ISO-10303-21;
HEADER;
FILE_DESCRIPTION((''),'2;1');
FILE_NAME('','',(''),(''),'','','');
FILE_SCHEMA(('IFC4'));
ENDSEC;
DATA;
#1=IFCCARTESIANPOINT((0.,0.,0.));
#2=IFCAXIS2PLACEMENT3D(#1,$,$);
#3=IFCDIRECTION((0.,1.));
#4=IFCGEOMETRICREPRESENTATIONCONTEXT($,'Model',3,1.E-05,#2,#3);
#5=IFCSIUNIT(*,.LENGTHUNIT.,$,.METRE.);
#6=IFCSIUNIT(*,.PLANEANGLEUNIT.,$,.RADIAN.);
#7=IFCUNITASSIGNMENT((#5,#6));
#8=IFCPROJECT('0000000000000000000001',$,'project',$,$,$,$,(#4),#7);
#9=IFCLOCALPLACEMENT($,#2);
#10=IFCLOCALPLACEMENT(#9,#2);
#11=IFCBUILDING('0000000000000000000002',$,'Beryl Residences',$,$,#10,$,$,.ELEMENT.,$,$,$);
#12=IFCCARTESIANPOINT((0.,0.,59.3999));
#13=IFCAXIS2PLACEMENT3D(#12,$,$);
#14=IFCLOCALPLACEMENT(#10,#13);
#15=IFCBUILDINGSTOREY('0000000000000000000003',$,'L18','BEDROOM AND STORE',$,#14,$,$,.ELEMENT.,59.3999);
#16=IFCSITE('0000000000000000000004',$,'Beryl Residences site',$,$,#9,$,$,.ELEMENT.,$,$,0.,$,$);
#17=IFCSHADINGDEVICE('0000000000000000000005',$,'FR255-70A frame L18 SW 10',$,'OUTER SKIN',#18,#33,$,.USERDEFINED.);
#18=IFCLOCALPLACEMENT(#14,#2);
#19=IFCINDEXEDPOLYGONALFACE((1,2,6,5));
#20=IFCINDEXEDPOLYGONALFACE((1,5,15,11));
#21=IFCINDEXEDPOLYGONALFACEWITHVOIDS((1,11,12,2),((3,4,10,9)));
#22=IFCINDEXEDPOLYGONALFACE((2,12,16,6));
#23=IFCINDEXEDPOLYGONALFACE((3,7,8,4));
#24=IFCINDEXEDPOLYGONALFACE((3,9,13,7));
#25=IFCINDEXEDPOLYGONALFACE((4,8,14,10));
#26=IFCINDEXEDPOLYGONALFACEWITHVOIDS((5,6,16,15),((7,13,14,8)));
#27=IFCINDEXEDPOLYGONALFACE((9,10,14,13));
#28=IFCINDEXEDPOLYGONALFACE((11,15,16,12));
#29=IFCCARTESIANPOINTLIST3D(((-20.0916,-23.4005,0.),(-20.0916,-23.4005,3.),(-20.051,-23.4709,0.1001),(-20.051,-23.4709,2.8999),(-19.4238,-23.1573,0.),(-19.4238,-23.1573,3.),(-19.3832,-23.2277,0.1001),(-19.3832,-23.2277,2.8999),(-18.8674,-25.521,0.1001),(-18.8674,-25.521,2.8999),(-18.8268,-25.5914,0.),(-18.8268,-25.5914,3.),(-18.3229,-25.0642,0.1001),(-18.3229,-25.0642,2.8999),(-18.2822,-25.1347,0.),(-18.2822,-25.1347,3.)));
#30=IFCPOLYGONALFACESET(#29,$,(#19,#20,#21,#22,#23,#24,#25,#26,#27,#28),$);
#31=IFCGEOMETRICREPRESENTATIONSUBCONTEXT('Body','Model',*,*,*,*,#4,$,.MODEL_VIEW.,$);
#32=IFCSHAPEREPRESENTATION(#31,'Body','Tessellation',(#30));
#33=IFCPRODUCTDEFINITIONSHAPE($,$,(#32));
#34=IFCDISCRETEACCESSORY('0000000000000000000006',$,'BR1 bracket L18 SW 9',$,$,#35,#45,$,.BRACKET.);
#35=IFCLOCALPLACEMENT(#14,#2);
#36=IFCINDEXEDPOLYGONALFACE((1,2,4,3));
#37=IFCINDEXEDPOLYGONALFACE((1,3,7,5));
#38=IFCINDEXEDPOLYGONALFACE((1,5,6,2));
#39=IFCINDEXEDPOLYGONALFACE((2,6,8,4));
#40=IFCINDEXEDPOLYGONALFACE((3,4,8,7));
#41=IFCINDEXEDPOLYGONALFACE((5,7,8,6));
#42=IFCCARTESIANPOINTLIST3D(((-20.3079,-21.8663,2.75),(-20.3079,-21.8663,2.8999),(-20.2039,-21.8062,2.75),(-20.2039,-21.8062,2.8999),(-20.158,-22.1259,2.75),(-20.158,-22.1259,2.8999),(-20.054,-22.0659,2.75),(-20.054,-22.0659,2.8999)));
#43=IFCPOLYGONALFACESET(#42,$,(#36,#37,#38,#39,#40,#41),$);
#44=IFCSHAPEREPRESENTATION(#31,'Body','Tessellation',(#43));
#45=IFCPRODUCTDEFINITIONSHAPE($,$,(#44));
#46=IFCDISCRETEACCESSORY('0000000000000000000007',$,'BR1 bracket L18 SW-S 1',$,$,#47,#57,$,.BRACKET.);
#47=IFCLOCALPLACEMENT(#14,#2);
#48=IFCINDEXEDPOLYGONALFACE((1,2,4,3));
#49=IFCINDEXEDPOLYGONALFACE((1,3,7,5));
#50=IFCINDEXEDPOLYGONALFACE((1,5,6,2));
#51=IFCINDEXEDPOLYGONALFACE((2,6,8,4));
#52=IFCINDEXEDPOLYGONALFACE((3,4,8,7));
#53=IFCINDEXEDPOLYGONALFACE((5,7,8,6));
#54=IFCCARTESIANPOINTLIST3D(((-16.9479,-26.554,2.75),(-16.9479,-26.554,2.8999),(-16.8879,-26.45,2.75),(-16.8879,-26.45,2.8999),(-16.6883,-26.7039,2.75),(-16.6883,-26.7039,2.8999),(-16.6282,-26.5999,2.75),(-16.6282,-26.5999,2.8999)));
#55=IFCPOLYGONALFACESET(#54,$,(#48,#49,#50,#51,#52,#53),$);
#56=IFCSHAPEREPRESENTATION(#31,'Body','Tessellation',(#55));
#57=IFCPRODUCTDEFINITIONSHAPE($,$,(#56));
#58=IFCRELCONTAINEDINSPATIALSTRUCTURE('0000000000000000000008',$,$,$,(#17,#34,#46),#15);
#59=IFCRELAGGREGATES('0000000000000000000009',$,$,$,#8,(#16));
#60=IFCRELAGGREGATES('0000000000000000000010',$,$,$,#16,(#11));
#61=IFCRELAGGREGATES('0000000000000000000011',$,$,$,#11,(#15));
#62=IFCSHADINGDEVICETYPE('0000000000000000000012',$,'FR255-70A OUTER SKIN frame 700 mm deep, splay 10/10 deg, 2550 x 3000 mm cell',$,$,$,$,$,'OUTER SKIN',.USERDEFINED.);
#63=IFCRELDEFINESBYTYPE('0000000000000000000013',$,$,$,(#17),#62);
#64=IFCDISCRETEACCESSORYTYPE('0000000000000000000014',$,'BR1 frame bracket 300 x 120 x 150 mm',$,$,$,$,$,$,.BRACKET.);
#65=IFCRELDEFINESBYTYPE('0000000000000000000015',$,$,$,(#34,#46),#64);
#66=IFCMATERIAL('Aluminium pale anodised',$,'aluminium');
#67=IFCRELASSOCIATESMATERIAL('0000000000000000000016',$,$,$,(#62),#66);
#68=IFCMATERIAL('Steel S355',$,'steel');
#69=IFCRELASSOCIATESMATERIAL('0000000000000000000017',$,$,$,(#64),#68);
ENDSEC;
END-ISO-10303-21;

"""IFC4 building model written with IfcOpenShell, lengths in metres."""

from ifc_helpers import new_model, entity, si_unit, direction, frame, origin, place, context, subcontext, project, spatial, polyline, outline, extrude, source, transform, mapped, material, type_object, type_shapes, element, save


model = new_model("IFC4")

# Units and contexts
model_context = context("Model", 3, precision=1e-05, world=origin(), true_north=direction((0.0, 1.0)))
body_context = subcontext(model_context, "Body", "Model", "MODEL_VIEW")
ifc_project = project(units=[si_unit("LENGTHUNIT", "METRE"), si_unit("PLANEANGLEUNIT", "RADIAN")], contexts=[model_context])

# Site, building, storey
site_placement = place(None, origin())
site = spatial("IfcSite", under=ifc_project, at=site_placement, Name="Beryl Residences site", CompositionType="ELEMENT", RefElevation=0.0)
building_placement = place(site_placement, origin())
building = spatial("IfcBuilding", under=site, at=building_placement, Name="Beryl Residences", CompositionType="ELEMENT")
storey_placement = place(building_placement, frame((0.0, 0.0, 59.3999)))
storey = spatial("IfcBuildingStorey", under=building, at=storey_placement, Name="L18", Description="BEDROOM AND STORE", CompositionType="ELEMENT", Elevation=59.3999)

# Shading device
ifc_material_1 = material(Name="Aluminium pale anodised", Category="aluminium")
shading_device_type_1 = type_object("IfcShadingDeviceType", Name="FR255-70A OUTER SKIN frame 700 mm deep, splay 10/10 deg, 2550 x 3000 mm cell", ElementType="OUTER SKIN", PredefinedType="USERDEFINED", material=ifc_material_1)
cartesian_point_1 = entity("IfcCartesianPoint", [-1.1416, 0.0])
cartesian_point_2 = entity("IfcCartesianPoint", [-1.0603, 0.1001])
cartesian_point_3 = entity("IfcCartesianPoint", [-1.2649, 0.0])
cartesian_point_4 = entity("IfcCartesianPoint", [-1.1836, 0.1001])
shared_shape_1 = source(origin(), body_context, "Body", "SweptSolid", [
    entity("IfcExtrudedAreaSolidTapered", entity("IfcArbitraryProfileDefWithVoids", "AREA", None, entity("IfcPolyline", [cartesian_point_1, entity("IfcCartesianPoint", [1.1416, 0.0]), entity("IfcCartesianPoint", [1.1416, 3.0]), entity("IfcCartesianPoint", [-1.1416, 3.0]), cartesian_point_1]), [entity("IfcPolyline", [cartesian_point_2, entity("IfcCartesianPoint", [1.0603, 0.1001]), entity("IfcCartesianPoint", [1.0603, 2.8999]), entity("IfcCartesianPoint", [-1.0603, 2.8999]), cartesian_point_2])]), entity("IfcAxis2Placement3D", entity("IfcCartesianPoint", [0.0, 0.0, 0.0]), entity("IfcDirection", [0.0, 1.0, 0.0]), entity("IfcDirection", [-1.0, 0.0, 0.0])), entity("IfcDirection", [0.0, 0.0, 1.0]), 0.7, entity("IfcArbitraryProfileDefWithVoids", "AREA", None, entity("IfcPolyline", [cartesian_point_3, entity("IfcCartesianPoint", [1.2649, 0.0]), entity("IfcCartesianPoint", [1.2649, 3.0]), entity("IfcCartesianPoint", [-1.2649, 3.0]), cartesian_point_3]), [entity("IfcPolyline", [cartesian_point_4, entity("IfcCartesianPoint", [1.1836, 0.1001]), entity("IfcCartesianPoint", [1.1836, 2.8999]), entity("IfcCartesianPoint", [-1.1836, 2.8999]), cartesian_point_4])])),
])
type_shapes(shading_device_type_1, [shared_shape_1])
for number, where, z_axis, x_axis, name in (
    (1, (-18.853, -24.146, 0.0), (0.0, 0.0, 1.0), (-0.5, 0.866025, 0.0), "FR255-70A frame L18 SW 10"),
):
    element("IfcShadingDevice", number, at=place(storey_placement, frame(where, z_axis=z_axis, x_axis=x_axis)), inside=storey, type_object=shading_device_type_1, Name=name, ObjectType="OUTER SKIN", PredefinedType="USERDEFINED", context=body_context, shape_type="MappedRepresentation", body=[
        mapped(shared_shape_1, transform((0.0, 0.0, 0.0))),
    ])

# Discrete accessories
ifc_material_2 = material(Name="Steel S355", Category="steel")
discrete_accessory_type = type_object("IfcDiscreteAccessoryType", Name="BR1 frame bracket 300 x 120 x 150 mm", PredefinedType="BRACKET", material=ifc_material_2)
shared_shape_2 = source(origin(), body_context, "Body", "SweptSolid", [
    extrude(outline(polyline([(-0.1499, 0.0), (0.1499, 0.0), (0.1499, 0.1201), (-0.1499, 0.1201), (-0.1499, 0.0)])), origin(), (0.0, 0.0, 1.0), 0.1499),
])
type_shapes(discrete_accessory_type, [shared_shape_2])
for number, where, z_axis, x_axis, name in (
    (2, (-20.1289, -21.936, 2.75), (0.0, 0.0, 1.0), (-0.5, 0.866025, 0.0), "BR1 bracket L18 SW 9"),
    (3, (-16.7581, -26.5249, 2.75), (0.0, 0.0, 1.0), (-0.866025, 0.5, 0.0), "BR1 bracket L18 SW-S 1"),
):
    element("IfcDiscreteAccessory", number, at=place(storey_placement, frame(where, z_axis=z_axis, x_axis=x_axis)), inside=storey, type_object=discrete_accessory_type, Name=name, PredefinedType="BRACKET", context=body_context, shape_type="MappedRepresentation", body=[
        mapped(shared_shape_2, transform((0.0, 0.0, 0.0))),
    ])

save(model, "model.ifc")
